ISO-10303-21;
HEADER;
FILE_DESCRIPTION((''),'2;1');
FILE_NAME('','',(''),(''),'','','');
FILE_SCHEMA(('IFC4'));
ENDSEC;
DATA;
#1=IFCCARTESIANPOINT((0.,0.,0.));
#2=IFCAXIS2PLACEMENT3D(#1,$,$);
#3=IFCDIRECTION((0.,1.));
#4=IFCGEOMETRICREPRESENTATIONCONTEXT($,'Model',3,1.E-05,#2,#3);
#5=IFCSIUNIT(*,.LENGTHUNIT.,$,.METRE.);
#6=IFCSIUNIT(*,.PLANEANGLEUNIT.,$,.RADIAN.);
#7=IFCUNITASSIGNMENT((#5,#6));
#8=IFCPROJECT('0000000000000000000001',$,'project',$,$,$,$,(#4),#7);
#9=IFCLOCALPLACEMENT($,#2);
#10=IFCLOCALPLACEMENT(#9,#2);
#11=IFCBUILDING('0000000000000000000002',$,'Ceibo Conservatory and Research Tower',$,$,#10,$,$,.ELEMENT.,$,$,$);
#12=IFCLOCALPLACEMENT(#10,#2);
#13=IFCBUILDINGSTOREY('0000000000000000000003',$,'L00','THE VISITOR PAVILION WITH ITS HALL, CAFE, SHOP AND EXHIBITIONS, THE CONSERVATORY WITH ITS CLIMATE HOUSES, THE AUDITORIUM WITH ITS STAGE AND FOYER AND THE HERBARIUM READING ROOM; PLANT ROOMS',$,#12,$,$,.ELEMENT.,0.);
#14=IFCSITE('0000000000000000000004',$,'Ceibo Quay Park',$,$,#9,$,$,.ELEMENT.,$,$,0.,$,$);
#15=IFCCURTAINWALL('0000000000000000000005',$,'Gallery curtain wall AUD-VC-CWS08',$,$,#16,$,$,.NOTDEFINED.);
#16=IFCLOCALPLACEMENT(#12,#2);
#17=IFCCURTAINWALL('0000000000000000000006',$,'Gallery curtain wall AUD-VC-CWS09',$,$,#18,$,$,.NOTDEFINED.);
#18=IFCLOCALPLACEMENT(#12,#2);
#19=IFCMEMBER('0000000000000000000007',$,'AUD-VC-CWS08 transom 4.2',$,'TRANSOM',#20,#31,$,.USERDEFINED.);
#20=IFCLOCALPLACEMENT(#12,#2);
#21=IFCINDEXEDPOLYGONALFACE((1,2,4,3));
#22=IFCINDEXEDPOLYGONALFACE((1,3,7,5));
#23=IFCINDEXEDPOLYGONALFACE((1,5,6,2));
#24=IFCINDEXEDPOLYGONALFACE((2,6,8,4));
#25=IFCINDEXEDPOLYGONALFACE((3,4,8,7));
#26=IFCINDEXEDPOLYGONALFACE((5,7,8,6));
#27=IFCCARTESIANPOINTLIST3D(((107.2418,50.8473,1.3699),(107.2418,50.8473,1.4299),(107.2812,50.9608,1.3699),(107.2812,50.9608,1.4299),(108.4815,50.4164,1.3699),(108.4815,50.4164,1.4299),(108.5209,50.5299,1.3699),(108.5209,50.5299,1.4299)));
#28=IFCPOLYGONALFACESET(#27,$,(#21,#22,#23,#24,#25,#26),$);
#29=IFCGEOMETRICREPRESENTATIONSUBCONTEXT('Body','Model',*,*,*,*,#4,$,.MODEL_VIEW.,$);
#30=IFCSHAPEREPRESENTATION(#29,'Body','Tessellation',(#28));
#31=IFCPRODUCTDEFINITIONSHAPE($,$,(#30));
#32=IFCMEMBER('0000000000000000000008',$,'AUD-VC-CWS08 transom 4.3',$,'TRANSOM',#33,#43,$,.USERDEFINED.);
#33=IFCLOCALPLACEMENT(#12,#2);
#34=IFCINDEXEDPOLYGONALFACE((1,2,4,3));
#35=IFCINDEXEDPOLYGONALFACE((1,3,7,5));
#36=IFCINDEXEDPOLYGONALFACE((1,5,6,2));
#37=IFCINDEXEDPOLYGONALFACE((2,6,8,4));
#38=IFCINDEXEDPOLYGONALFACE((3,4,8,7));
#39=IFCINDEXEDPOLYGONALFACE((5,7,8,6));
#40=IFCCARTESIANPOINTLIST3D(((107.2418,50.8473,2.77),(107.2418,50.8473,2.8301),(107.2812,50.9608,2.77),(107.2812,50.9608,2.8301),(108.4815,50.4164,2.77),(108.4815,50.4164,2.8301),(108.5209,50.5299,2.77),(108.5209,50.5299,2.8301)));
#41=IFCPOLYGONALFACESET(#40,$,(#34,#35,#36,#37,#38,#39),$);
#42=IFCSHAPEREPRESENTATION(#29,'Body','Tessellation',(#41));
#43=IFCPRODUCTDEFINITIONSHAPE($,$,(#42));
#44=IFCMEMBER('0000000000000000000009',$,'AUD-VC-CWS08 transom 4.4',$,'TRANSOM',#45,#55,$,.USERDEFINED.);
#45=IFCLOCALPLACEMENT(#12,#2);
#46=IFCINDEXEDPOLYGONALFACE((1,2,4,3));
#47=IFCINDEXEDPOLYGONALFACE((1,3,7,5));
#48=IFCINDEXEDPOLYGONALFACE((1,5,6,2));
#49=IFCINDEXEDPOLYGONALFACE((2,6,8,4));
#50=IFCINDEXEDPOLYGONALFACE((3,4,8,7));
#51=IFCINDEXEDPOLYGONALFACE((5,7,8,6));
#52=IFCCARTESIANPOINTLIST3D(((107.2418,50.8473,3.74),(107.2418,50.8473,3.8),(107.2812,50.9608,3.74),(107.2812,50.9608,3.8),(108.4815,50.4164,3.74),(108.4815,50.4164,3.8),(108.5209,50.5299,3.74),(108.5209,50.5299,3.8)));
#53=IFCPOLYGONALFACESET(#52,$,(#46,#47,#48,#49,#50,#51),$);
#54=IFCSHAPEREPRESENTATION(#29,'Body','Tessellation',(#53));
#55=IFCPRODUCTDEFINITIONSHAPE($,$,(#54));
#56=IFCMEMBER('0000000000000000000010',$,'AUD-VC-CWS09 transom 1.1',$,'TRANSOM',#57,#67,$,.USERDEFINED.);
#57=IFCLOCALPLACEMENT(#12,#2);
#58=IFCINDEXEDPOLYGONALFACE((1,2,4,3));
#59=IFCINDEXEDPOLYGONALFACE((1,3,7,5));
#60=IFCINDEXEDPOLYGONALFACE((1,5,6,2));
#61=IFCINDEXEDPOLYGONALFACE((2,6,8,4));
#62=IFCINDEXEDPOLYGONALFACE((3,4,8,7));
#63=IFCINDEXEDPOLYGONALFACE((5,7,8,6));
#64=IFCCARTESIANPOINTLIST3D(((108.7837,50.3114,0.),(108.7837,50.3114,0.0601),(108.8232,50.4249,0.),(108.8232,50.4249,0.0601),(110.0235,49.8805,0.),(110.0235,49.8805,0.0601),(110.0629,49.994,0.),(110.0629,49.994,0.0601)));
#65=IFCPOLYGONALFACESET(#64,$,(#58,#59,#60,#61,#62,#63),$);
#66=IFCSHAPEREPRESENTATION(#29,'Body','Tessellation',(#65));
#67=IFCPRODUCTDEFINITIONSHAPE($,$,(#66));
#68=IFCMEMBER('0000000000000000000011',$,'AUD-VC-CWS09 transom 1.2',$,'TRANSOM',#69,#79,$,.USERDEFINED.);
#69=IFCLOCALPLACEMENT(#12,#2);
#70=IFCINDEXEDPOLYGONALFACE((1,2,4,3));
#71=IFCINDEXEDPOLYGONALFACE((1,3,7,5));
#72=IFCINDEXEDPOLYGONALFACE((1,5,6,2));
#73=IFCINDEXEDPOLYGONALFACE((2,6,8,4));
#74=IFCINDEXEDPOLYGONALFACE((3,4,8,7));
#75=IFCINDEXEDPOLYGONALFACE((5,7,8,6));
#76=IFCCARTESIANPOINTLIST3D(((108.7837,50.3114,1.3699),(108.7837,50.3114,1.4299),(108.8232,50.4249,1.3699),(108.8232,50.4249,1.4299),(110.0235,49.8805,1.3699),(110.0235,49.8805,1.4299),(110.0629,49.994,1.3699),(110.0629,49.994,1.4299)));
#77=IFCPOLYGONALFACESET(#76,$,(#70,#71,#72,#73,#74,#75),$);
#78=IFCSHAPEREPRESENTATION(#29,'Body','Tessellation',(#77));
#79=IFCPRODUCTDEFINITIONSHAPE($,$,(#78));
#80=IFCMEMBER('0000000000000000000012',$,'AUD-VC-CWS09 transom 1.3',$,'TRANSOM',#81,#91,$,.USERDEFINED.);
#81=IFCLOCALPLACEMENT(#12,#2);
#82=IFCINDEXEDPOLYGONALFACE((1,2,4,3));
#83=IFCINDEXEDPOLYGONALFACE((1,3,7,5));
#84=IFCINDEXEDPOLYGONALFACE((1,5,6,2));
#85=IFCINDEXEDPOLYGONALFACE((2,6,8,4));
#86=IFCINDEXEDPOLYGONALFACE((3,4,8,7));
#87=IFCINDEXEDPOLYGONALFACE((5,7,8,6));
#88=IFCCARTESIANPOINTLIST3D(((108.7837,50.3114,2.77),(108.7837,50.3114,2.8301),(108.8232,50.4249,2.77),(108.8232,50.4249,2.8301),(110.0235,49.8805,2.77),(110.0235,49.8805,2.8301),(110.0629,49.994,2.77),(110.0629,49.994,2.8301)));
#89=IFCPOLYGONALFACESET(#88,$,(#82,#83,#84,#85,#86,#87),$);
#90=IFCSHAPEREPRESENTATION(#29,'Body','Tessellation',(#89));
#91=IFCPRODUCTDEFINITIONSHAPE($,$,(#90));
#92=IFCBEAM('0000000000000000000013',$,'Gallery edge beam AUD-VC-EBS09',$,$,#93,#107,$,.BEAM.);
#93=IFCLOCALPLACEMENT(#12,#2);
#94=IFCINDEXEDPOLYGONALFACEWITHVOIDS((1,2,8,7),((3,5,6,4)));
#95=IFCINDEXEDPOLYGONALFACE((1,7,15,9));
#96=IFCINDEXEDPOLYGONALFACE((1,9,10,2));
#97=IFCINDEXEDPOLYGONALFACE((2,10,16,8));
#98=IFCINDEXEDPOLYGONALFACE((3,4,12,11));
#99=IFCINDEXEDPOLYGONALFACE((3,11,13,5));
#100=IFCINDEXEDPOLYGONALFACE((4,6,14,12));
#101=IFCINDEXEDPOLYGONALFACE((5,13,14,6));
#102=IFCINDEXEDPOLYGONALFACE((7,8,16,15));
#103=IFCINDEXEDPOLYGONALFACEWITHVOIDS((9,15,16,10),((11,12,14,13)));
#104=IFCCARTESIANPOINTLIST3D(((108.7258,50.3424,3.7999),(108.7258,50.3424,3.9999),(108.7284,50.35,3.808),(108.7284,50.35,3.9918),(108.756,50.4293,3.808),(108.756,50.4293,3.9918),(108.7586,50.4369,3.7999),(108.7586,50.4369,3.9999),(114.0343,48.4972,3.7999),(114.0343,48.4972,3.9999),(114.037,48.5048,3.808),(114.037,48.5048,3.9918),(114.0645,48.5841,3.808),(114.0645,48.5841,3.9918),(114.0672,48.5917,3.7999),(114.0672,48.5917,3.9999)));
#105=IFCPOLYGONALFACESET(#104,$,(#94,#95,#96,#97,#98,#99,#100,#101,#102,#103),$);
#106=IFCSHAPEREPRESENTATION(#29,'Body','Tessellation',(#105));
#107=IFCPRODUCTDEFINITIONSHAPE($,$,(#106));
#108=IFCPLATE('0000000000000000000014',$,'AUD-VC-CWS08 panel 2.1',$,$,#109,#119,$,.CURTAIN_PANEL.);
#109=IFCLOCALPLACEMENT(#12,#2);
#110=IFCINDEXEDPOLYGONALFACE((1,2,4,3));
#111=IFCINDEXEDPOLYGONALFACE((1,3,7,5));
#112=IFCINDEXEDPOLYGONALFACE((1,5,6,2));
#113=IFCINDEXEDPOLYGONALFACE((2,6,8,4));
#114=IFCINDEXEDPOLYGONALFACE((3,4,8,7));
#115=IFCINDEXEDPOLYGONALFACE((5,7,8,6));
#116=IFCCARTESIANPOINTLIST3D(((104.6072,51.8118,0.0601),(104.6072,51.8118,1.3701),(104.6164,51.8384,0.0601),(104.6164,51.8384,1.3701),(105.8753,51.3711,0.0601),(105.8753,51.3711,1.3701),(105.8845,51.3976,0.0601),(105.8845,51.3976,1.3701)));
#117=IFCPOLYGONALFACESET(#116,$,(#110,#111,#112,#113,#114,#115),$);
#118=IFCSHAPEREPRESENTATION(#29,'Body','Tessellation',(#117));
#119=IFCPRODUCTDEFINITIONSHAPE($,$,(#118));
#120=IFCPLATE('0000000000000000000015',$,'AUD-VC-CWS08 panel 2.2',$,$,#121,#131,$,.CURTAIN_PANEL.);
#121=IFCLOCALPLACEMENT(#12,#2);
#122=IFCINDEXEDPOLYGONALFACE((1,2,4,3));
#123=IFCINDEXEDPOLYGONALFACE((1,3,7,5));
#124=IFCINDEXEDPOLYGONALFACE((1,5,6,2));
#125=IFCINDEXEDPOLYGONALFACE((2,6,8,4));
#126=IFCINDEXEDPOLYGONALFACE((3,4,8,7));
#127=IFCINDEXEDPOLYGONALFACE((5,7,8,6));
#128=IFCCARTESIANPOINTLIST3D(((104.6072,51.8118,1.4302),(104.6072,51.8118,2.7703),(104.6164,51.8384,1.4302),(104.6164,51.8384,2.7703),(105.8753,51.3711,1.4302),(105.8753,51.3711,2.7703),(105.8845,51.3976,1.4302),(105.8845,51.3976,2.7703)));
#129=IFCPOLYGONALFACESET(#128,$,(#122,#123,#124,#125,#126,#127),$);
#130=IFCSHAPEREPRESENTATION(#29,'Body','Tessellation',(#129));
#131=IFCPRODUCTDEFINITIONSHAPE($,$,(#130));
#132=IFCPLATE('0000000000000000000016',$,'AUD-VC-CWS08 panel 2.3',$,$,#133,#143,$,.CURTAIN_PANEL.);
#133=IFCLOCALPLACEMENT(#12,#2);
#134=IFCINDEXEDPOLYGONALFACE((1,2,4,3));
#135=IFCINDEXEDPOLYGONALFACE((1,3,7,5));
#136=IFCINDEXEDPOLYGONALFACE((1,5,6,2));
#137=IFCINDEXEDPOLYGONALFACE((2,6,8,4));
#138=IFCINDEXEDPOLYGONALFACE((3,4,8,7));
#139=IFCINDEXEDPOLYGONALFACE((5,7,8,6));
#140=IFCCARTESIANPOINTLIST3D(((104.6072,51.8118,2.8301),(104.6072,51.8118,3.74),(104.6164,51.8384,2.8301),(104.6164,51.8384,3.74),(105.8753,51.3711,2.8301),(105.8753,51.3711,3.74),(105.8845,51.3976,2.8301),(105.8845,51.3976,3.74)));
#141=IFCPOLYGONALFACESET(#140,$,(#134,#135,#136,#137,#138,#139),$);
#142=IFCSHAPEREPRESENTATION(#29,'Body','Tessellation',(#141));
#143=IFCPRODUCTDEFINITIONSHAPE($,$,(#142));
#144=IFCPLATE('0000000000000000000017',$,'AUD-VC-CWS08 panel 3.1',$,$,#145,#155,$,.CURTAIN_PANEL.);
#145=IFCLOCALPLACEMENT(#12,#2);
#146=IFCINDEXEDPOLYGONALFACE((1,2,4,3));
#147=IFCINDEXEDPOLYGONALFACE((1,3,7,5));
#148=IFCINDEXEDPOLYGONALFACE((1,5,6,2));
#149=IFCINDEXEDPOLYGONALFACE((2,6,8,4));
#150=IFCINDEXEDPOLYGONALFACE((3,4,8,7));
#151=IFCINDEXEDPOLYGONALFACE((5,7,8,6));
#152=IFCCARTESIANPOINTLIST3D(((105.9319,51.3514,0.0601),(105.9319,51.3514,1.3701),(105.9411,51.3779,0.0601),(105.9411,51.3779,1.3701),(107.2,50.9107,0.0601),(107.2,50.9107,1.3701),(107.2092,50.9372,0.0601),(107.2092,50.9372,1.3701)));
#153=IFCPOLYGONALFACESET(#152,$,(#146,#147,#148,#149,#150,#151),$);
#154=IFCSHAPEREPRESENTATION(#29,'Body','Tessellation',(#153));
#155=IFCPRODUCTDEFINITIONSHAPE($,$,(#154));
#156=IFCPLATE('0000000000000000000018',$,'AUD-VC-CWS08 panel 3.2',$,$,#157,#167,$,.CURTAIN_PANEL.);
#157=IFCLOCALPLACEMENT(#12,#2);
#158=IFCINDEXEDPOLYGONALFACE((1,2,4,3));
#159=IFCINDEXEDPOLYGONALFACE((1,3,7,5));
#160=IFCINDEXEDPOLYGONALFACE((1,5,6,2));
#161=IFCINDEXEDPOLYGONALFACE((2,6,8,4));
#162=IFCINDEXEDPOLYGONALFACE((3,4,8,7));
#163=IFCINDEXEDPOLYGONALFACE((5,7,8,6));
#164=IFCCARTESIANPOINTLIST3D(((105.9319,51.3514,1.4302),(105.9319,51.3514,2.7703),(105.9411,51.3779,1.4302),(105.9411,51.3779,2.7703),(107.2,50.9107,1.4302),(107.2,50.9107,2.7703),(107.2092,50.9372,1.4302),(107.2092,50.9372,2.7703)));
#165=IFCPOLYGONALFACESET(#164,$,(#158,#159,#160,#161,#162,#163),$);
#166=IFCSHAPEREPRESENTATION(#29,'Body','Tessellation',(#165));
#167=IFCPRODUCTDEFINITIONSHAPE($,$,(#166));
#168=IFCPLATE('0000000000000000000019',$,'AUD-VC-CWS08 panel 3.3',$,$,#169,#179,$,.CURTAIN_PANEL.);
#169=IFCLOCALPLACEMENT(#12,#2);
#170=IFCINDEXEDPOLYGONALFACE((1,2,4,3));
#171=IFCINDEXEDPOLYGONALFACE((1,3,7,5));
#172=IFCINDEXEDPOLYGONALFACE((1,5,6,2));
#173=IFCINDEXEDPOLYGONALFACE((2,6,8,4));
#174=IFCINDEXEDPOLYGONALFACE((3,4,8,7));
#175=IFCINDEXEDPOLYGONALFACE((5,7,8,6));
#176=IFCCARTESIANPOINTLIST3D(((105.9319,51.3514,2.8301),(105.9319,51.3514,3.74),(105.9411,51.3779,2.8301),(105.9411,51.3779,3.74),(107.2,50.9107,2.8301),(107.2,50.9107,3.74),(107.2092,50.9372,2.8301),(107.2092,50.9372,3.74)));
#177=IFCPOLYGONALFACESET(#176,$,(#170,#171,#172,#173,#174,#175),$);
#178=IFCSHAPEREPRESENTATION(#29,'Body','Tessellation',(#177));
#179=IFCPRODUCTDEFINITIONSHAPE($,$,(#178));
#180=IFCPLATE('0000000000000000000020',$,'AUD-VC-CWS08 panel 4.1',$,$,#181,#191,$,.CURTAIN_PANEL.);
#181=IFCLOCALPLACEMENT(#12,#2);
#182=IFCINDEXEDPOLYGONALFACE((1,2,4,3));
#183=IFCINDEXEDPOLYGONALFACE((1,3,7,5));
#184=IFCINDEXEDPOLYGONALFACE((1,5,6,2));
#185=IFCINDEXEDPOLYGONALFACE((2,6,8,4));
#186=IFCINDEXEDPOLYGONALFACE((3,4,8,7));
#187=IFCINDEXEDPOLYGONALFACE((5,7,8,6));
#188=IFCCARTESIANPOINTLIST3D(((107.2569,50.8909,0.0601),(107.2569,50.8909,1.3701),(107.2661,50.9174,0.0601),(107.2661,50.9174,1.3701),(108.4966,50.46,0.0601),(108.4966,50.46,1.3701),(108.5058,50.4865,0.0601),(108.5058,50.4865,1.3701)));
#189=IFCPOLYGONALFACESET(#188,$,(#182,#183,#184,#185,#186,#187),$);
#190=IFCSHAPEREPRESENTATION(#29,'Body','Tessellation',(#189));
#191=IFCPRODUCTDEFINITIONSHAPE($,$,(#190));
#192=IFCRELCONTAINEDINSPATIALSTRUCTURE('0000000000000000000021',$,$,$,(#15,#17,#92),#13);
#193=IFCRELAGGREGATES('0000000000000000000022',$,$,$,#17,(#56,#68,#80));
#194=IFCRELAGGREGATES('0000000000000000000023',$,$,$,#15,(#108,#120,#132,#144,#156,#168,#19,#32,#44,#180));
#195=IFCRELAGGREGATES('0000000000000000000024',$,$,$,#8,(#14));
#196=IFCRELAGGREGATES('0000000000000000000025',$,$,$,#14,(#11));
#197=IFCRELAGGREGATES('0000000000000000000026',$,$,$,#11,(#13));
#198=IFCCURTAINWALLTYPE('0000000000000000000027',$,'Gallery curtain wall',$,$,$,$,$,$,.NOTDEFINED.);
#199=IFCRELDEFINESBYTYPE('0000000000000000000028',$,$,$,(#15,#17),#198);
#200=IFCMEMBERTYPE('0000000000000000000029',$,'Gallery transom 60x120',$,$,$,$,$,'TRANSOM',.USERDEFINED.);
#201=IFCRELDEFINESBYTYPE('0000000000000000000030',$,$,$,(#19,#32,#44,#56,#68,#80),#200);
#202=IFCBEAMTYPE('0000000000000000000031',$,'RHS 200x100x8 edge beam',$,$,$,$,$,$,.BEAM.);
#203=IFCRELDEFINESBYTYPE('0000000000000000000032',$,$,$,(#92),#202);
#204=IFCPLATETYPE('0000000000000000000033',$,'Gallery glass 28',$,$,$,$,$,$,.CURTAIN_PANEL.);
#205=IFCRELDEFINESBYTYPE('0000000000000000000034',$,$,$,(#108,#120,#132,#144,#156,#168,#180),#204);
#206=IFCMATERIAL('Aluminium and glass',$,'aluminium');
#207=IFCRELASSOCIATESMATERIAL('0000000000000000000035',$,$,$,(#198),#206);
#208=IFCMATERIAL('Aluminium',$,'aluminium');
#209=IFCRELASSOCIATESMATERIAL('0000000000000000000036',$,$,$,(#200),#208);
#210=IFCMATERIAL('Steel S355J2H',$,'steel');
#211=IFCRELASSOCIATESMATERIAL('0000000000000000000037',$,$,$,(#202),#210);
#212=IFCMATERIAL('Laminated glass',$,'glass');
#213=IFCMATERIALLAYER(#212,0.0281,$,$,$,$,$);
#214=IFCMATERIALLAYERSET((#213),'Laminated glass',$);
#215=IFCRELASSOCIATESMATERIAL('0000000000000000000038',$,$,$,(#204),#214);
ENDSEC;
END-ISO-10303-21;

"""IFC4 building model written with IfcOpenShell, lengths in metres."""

from ifc_helpers import new_model, si_unit, direction, frame, origin, origin_2d, place, context, subcontext, project, spatial, rectangle, hollow_rectangle, extrude, material, layer, layer_set, material_profile, profile_set, type_object, element, aggregate, save


model = new_model("IFC4")

# Units and contexts
model_context = context("Model", 3, precision=1e-05, world=origin(), true_north=direction((0.0, 1.0)))
body_context = subcontext(model_context, "Body", "Model", "MODEL_VIEW")
ifc_project = project(units=[si_unit("LENGTHUNIT", "METRE"), si_unit("PLANEANGLEUNIT", "RADIAN")], contexts=[model_context])

# Site, building, storey
site_placement = place(None, origin())
site = spatial("IfcSite", under=ifc_project, at=site_placement, Name="Ceibo Quay Park", CompositionType="ELEMENT", RefElevation=0.0)
building_placement = place(site_placement, origin())
building = spatial("IfcBuilding", under=site, at=building_placement, Name="Ceibo Conservatory and Research Tower", CompositionType="ELEMENT")
storey_placement = place(building_placement, origin())
storey = spatial("IfcBuildingStorey", under=building, at=storey_placement, Name="L00", Description="THE VISITOR PAVILION WITH ITS HALL, CAFE, SHOP AND EXHIBITIONS, THE CONSERVATORY WITH ITS CLIMATE HOUSES, THE AUDITORIUM WITH ITS STAGE AND FOYER AND THE HERBARIUM READING ROOM; PLANT ROOMS", CompositionType="ELEMENT", Elevation=0.0)

# Shared definitions
ifc_material_1 = material(Name="Steel S355J2H", Category="steel")

# Curtain wall
ifc_material_2 = material(Name="Aluminium and glass", Category="aluminium")
curtain_wall_type = type_object("IfcCurtainWallType", Name="Gallery curtain wall", PredefinedType="NOTDEFINED", material=ifc_material_2)
curtain_wall_1_placement = place(storey_placement, origin())
curtain_wall_1 = element("IfcCurtainWall", 1, at=curtain_wall_1_placement, inside=storey, type_object=curtain_wall_type, Name="Gallery curtain wall AUD-VC-CWS08", PredefinedType="NOTDEFINED")
ifc_material_3 = material(Name="Aluminium", Category="aluminium")

# Curtain wall
curtain_wall_2_placement = place(storey_placement, origin())
curtain_wall_2 = element("IfcCurtainWall", 2, at=curtain_wall_2_placement, inside=storey, type_object=curtain_wall_type, Name="Gallery curtain wall AUD-VC-CWS09", PredefinedType="NOTDEFINED")

# Members
ifc_material_profile_1 = material_profile(ifc_material_3, rectangle(XDim=0.1201, YDim=0.0601, at=origin_2d()), Name="AL 60x120")
ifc_profile_set_1 = profile_set([ifc_material_profile_1], Name="Aluminium")
member_type_1 = type_object("IfcMemberType", Name="Gallery transom 60x120", ElementType="TRANSOM", PredefinedType="USERDEFINED", material=ifc_profile_set_1)
member_1_placement = place(storey_placement, frame((107.2615, 50.9041, 1.3999), z_axis=(0.94457, -0.328311, 0.0), x_axis=(0.328311, 0.94457, 0.0)))
member_1 = element("IfcMember", 3, at=member_1_placement, type_object=member_type_1, Name="AUD-VC-CWS08 transom 4.2", ObjectType="TRANSOM", PredefinedType="USERDEFINED", context=body_context, shape_type="SweptSolid", body=[
    extrude(rectangle(XDim=0.1201, YDim=0.0601, at=origin_2d()), origin(), (0.0, 0.0, 1.0), 1.3125),
])
member_2_placement = place(storey_placement, frame((107.2615, 50.9041, 2.8), z_axis=(0.94457, -0.328311, 0.0), x_axis=(0.328311, 0.94457, 0.0)))
member_2 = element("IfcMember", 4, at=member_2_placement, type_object=member_type_1, Name="AUD-VC-CWS08 transom 4.3", ObjectType="TRANSOM", PredefinedType="USERDEFINED", context=body_context, shape_type="SweptSolid", body=[
    extrude(rectangle(XDim=0.1201, YDim=0.0601, at=origin_2d()), origin(), (0.0, 0.0, 1.0), 1.3125),
])
member_3_placement = place(storey_placement, frame((107.2615, 50.9041, 3.77), z_axis=(0.94457, -0.328311, 0.0), x_axis=(0.328311, 0.94457, 0.0)))
member_3 = element("IfcMember", 5, at=member_3_placement, type_object=member_type_1, Name="AUD-VC-CWS08 transom 4.4", ObjectType="TRANSOM", PredefinedType="USERDEFINED", context=body_context, shape_type="SweptSolid", body=[
    extrude(rectangle(XDim=0.1201, YDim=0.0601, at=origin_2d()), origin(), (0.0, 0.0, 1.0), 1.3125),
])
member_4_placement = place(storey_placement, frame((108.8035, 50.3682, 0.03), z_axis=(0.94457, -0.328311, 0.0), x_axis=(0.328311, 0.94457, 0.0)))
member_4 = element("IfcMember", 6, at=member_4_placement, type_object=member_type_1, Name="AUD-VC-CWS09 transom 1.1", ObjectType="TRANSOM", PredefinedType="USERDEFINED", context=body_context, shape_type="SweptSolid", body=[
    extrude(rectangle(XDim=0.1201, YDim=0.0601, at=origin_2d()), origin(), (0.0, 0.0, 1.0), 1.3125),
])
member_5_placement = place(storey_placement, frame((108.8035, 50.3682, 1.3999), z_axis=(0.94457, -0.328311, 0.0), x_axis=(0.328311, 0.94457, 0.0)))
member_5 = element("IfcMember", 7, at=member_5_placement, type_object=member_type_1, Name="AUD-VC-CWS09 transom 1.2", ObjectType="TRANSOM", PredefinedType="USERDEFINED", context=body_context, shape_type="SweptSolid", body=[
    extrude(rectangle(XDim=0.1201, YDim=0.0601, at=origin_2d()), origin(), (0.0, 0.0, 1.0), 1.3125),
])
member_6_placement = place(storey_placement, frame((108.8035, 50.3682, 2.8), z_axis=(0.94457, -0.328311, 0.0), x_axis=(0.328311, 0.94457, 0.0)))
member_6 = element("IfcMember", 8, at=member_6_placement, type_object=member_type_1, Name="AUD-VC-CWS09 transom 1.3", ObjectType="TRANSOM", PredefinedType="USERDEFINED", context=body_context, shape_type="SweptSolid", body=[
    extrude(rectangle(XDim=0.1201, YDim=0.0601, at=origin_2d()), origin(), (0.0, 0.0, 1.0), 1.3125),
])
aggregate(curtain_wall_2, [member_4, member_5, member_6])

# Beam
ifc_material_profile_2 = material_profile(ifc_material_1, hollow_rectangle(XDim=0.1001, YDim=0.2, WallThickness=0.0081, at=origin_2d()), Name="RHS 200x100x8 edge beam")
ifc_profile_set_2 = profile_set([ifc_material_profile_2], Name="Steel S355J2H")
beam_type = type_object("IfcBeamType", Name="RHS 200x100x8 edge beam", PredefinedType="BEAM", material=ifc_profile_set_2)
beam_placement = place(storey_placement, frame((108.7422, 50.3896, 3.8999), z_axis=(0.944566, -0.328322, 0.0), x_axis=(0.328322, 0.944566, 0.0)))
element("IfcBeam", 9, at=beam_placement, inside=storey, type_object=beam_type, Name="Gallery edge beam AUD-VC-EBS09", PredefinedType="BEAM", context=body_context, shape_type="SweptSolid", body=[
    extrude(hollow_rectangle(XDim=0.1001, YDim=0.2, WallThickness=0.0081, at=origin_2d()), origin(), (0.0, 0.0, 1.0), 5.6201),
])

# Plates
ifc_material_4 = material(Name="Laminated glass", Category="glass")
ifc_layer = layer(ifc_material_4, 0.0281)
ifc_layer_set = layer_set([ifc_layer], Name="Laminated glass")
plate_type = type_object("IfcPlateType", Name="Gallery glass 28", PredefinedType="CURTAIN_PANEL", material=ifc_layer_set)
plate_1_placement = place(storey_placement, frame((105.2458, 51.6047, 0.0601), z_axis=(0.0, 0.0, 1.0), x_axis=(0.944579, -0.328284, 0.0)))
plate_1 = element("IfcPlate", 10, at=plate_1_placement, type_object=plate_type, Name="AUD-VC-CWS08 panel 2.1", PredefinedType="CURTAIN_PANEL", context=body_context, shape_type="SweptSolid", body=[
    extrude(rectangle(XDim=1.3425, YDim=0.0281, at=origin_2d()), origin(), (0.0, 0.0, 1.0), 1.3101),
])
plate_2_placement = place(storey_placement, frame((105.2458, 51.6047, 1.4302), z_axis=(0.0, 0.0, 1.0), x_axis=(0.944579, -0.328284, 0.0)))
plate_2 = element("IfcPlate", 11, at=plate_2_placement, type_object=plate_type, Name="AUD-VC-CWS08 panel 2.2", PredefinedType="CURTAIN_PANEL", context=body_context, shape_type="SweptSolid", body=[
    extrude(rectangle(XDim=1.3425, YDim=0.0281, at=origin_2d()), origin(), (0.0, 0.0, 1.0), 1.3401),
])
plate_3_placement = place(storey_placement, frame((105.2458, 51.6047, 2.8301), z_axis=(0.0, 0.0, 1.0), x_axis=(0.944579, -0.328284, 0.0)))
plate_3 = element("IfcPlate", 12, at=plate_3_placement, type_object=plate_type, Name="AUD-VC-CWS08 panel 2.3", PredefinedType="CURTAIN_PANEL", context=body_context, shape_type="SweptSolid", body=[
    extrude(rectangle(XDim=1.3425, YDim=0.0281, at=origin_2d()), origin(), (0.0, 0.0, 1.0), 0.9099),
])
plate_4_placement = place(storey_placement, frame((106.5706, 51.1443, 0.0601), z_axis=(0.0, 0.0, 1.0), x_axis=(0.944579, -0.328284, 0.0)))
plate_4 = element("IfcPlate", 13, at=plate_4_placement, type_object=plate_type, Name="AUD-VC-CWS08 panel 3.1", PredefinedType="CURTAIN_PANEL", context=body_context, shape_type="SweptSolid", body=[
    extrude(rectangle(XDim=1.3425, YDim=0.0281, at=origin_2d()), origin(), (0.0, 0.0, 1.0), 1.3101),
])
plate_5_placement = place(storey_placement, frame((106.5706, 51.1443, 1.4302), z_axis=(0.0, 0.0, 1.0), x_axis=(0.944579, -0.328284, 0.0)))
plate_5 = element("IfcPlate", 14, at=plate_5_placement, type_object=plate_type, Name="AUD-VC-CWS08 panel 3.2", PredefinedType="CURTAIN_PANEL", context=body_context, shape_type="SweptSolid", body=[
    extrude(rectangle(XDim=1.3425, YDim=0.0281, at=origin_2d()), origin(), (0.0, 0.0, 1.0), 1.3401),
])
plate_6_placement = place(storey_placement, frame((106.5706, 51.1443, 2.8301), z_axis=(0.0, 0.0, 1.0), x_axis=(0.944579, -0.328284, 0.0)))
plate_6 = element("IfcPlate", 15, at=plate_6_placement, type_object=plate_type, Name="AUD-VC-CWS08 panel 3.3", PredefinedType="CURTAIN_PANEL", context=body_context, shape_type="SweptSolid", body=[
    extrude(rectangle(XDim=1.3425, YDim=0.0281, at=origin_2d()), origin(), (0.0, 0.0, 1.0), 0.9099),
])
plate_7_placement = place(storey_placement, frame((107.8813, 50.6887, 0.0601), z_axis=(0.0, 0.0, 1.0), x_axis=(0.944579, -0.328284, 0.0)))
plate_7 = element("IfcPlate", 16, at=plate_7_placement, type_object=plate_type, Name="AUD-VC-CWS08 panel 4.1", PredefinedType="CURTAIN_PANEL", context=body_context, shape_type="SweptSolid", body=[
    extrude(rectangle(XDim=1.3125, YDim=0.0281, at=origin_2d()), origin(), (0.0, 0.0, 1.0), 1.3101),
])
aggregate(curtain_wall_1, [plate_1, plate_2, plate_3, plate_4, plate_5, plate_6, member_1, member_2, member_3, plate_7])

save(model, "model.ifc")
